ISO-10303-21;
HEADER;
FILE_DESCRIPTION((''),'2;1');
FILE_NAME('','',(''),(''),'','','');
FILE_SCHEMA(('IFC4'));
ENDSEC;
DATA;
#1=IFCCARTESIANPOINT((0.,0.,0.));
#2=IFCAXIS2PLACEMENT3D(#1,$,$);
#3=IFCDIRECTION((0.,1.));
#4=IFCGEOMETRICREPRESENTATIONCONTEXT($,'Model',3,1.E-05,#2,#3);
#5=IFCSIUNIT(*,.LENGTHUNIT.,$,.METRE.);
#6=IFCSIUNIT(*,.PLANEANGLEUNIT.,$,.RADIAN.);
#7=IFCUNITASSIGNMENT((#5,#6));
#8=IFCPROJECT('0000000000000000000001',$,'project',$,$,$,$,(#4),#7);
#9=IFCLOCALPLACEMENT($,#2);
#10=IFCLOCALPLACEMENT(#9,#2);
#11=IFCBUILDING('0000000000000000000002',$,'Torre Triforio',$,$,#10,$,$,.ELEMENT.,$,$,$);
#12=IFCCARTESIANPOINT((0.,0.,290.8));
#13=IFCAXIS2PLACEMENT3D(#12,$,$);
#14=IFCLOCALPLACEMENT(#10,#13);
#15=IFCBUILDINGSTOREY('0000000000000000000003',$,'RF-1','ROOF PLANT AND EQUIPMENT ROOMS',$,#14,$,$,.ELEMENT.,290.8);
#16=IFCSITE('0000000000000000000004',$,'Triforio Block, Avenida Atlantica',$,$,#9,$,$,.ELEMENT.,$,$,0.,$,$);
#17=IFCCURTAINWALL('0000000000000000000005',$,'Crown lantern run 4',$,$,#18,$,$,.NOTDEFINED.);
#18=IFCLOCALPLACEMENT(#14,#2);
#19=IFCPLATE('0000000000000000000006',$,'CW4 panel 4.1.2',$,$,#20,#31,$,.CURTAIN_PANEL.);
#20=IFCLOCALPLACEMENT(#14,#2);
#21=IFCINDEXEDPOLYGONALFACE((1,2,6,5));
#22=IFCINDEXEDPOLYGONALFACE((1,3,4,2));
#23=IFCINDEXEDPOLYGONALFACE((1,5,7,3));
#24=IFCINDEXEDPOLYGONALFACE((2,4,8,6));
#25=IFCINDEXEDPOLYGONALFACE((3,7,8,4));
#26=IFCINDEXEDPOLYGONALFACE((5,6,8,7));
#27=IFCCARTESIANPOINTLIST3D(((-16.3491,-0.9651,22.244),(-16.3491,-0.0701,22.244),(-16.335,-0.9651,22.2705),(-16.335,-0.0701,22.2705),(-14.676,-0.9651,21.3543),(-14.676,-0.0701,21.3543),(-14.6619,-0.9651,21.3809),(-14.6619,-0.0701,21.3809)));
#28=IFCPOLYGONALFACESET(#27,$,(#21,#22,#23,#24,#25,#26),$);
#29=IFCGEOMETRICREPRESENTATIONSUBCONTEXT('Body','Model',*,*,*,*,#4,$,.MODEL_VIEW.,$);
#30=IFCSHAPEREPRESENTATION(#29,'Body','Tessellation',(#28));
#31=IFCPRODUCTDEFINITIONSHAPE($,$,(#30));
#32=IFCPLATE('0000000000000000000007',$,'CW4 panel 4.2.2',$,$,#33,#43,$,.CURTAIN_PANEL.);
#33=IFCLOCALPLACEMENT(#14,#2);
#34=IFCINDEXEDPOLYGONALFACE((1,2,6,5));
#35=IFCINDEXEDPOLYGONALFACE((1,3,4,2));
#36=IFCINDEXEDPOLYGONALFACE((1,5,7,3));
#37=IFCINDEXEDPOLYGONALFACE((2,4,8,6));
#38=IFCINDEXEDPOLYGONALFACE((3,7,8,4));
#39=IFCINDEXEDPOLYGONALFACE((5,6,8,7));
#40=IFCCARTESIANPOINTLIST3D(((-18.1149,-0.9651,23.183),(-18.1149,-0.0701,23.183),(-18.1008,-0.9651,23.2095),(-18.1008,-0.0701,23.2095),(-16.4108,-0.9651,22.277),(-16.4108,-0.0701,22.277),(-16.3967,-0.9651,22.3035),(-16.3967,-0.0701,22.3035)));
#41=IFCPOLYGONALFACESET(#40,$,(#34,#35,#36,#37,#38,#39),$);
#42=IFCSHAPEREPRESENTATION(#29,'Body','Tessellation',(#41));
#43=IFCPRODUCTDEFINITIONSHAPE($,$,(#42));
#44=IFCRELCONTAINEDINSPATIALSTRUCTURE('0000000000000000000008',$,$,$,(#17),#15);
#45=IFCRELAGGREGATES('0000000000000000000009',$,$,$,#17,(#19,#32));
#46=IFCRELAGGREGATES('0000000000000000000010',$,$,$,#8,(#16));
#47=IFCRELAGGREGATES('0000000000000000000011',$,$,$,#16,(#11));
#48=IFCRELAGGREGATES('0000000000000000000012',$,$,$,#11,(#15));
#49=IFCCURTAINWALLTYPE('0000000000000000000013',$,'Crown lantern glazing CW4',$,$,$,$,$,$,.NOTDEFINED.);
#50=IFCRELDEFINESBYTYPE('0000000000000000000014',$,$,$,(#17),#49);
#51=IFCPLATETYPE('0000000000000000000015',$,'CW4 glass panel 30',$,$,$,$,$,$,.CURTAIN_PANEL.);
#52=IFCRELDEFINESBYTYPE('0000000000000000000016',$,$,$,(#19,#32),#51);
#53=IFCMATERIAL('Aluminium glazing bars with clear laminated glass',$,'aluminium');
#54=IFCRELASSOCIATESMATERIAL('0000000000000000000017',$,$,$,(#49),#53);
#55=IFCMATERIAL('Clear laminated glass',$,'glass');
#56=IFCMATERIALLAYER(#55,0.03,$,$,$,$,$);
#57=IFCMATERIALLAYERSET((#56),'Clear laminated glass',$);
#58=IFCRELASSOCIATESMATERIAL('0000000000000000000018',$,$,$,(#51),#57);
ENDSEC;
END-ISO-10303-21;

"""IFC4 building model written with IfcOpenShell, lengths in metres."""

from ifc_helpers import new_model, si_unit, direction, frame, origin, place, context, subcontext, project, spatial, polyline, outline, extrude, material, layer, layer_set, type_object, element, aggregate, save


model = new_model("IFC4")

# Units and contexts
model_context = context("Model", 3, precision=1e-05, world=origin(), true_north=direction((0.0, 1.0)))
body_context = subcontext(model_context, "Body", "Model", "MODEL_VIEW")
ifc_project = project(units=[si_unit("LENGTHUNIT", "METRE"), si_unit("PLANEANGLEUNIT", "RADIAN")], contexts=[model_context])

# Site, building, storey
site_placement = place(None, origin())
site = spatial("IfcSite", under=ifc_project, at=site_placement, Name="Triforio Block, Avenida Atlantica", CompositionType="ELEMENT", RefElevation=0.0)
building_placement = place(site_placement, origin())
building = spatial("IfcBuilding", under=site, at=building_placement, Name="Torre Triforio", CompositionType="ELEMENT")
storey_placement = place(building_placement, frame((0.0, 0.0, 290.8)))
storey = spatial("IfcBuildingStorey", under=building, at=storey_placement, Name="RF-1", Description="ROOF PLANT AND EQUIPMENT ROOMS", CompositionType="ELEMENT", Elevation=290.8)

# Shared definitions
ifc_material_1 = material(Name="Aluminium glazing bars with clear laminated glass", Category="aluminium")
curtain_wall_type = type_object("IfcCurtainWallType", Name="Crown lantern glazing CW4", PredefinedType="NOTDEFINED", material=ifc_material_1)

# Curtain wall
curtain_wall_1_placement = place(storey_placement, origin())
curtain_wall_1 = element("IfcCurtainWall", 1, at=curtain_wall_1_placement, inside=storey, type_object=curtain_wall_type, Name="Crown lantern run 4", PredefinedType="NOTDEFINED")

# Plates
ifc_material_2 = material(Name="Clear laminated glass", Category="glass")
ifc_layer = layer(ifc_material_2, 0.03)
ifc_layer_set = layer_set([ifc_layer], Name="Clear laminated glass")
plate_type = type_object("IfcPlateType", Name="CW4 glass panel 30", PredefinedType="CURTAIN_PANEL", material=ifc_layer_set)
plate_1_placement = place(storey_placement, frame((-14.6619, -0.9651, 21.3809), z_axis=(0.469491, 0.0, 0.882937), x_axis=(0.0, 1.0, 0.0)))
plate_1 = element("IfcPlate", 2, at=plate_1_placement, type_object=plate_type, Name="CW4 panel 4.1.2", PredefinedType="CURTAIN_PANEL", context=body_context, shape_type="SweptSolid", body=[
    extrude(outline(polyline([(0.0, 0.0), (0.895, 0.0), (0.895, 1.8949), (0.0, 1.8949), (0.0, 0.0)])), origin(), (0.0, 0.0, -1.0), 0.03),
])
plate_2_placement = place(storey_placement, frame((-16.3967, -0.9651, 22.3035), z_axis=(0.469439, 0.0, 0.882965), x_axis=(0.0, 1.0, 0.0)))
plate_2 = element("IfcPlate", 3, at=plate_2_placement, type_object=plate_type, Name="CW4 panel 4.2.2", PredefinedType="CURTAIN_PANEL", context=body_context, shape_type="SweptSolid", body=[
    extrude(outline(polyline([(0.0, 0.0), (0.895, 0.0), (0.895, 1.93), (0.0, 1.93), (0.0, 0.0)])), origin(), (0.0, 0.0, -1.0), 0.03),
])
aggregate(curtain_wall_1, [plate_1, plate_2])

save(model, "model.ifc")
